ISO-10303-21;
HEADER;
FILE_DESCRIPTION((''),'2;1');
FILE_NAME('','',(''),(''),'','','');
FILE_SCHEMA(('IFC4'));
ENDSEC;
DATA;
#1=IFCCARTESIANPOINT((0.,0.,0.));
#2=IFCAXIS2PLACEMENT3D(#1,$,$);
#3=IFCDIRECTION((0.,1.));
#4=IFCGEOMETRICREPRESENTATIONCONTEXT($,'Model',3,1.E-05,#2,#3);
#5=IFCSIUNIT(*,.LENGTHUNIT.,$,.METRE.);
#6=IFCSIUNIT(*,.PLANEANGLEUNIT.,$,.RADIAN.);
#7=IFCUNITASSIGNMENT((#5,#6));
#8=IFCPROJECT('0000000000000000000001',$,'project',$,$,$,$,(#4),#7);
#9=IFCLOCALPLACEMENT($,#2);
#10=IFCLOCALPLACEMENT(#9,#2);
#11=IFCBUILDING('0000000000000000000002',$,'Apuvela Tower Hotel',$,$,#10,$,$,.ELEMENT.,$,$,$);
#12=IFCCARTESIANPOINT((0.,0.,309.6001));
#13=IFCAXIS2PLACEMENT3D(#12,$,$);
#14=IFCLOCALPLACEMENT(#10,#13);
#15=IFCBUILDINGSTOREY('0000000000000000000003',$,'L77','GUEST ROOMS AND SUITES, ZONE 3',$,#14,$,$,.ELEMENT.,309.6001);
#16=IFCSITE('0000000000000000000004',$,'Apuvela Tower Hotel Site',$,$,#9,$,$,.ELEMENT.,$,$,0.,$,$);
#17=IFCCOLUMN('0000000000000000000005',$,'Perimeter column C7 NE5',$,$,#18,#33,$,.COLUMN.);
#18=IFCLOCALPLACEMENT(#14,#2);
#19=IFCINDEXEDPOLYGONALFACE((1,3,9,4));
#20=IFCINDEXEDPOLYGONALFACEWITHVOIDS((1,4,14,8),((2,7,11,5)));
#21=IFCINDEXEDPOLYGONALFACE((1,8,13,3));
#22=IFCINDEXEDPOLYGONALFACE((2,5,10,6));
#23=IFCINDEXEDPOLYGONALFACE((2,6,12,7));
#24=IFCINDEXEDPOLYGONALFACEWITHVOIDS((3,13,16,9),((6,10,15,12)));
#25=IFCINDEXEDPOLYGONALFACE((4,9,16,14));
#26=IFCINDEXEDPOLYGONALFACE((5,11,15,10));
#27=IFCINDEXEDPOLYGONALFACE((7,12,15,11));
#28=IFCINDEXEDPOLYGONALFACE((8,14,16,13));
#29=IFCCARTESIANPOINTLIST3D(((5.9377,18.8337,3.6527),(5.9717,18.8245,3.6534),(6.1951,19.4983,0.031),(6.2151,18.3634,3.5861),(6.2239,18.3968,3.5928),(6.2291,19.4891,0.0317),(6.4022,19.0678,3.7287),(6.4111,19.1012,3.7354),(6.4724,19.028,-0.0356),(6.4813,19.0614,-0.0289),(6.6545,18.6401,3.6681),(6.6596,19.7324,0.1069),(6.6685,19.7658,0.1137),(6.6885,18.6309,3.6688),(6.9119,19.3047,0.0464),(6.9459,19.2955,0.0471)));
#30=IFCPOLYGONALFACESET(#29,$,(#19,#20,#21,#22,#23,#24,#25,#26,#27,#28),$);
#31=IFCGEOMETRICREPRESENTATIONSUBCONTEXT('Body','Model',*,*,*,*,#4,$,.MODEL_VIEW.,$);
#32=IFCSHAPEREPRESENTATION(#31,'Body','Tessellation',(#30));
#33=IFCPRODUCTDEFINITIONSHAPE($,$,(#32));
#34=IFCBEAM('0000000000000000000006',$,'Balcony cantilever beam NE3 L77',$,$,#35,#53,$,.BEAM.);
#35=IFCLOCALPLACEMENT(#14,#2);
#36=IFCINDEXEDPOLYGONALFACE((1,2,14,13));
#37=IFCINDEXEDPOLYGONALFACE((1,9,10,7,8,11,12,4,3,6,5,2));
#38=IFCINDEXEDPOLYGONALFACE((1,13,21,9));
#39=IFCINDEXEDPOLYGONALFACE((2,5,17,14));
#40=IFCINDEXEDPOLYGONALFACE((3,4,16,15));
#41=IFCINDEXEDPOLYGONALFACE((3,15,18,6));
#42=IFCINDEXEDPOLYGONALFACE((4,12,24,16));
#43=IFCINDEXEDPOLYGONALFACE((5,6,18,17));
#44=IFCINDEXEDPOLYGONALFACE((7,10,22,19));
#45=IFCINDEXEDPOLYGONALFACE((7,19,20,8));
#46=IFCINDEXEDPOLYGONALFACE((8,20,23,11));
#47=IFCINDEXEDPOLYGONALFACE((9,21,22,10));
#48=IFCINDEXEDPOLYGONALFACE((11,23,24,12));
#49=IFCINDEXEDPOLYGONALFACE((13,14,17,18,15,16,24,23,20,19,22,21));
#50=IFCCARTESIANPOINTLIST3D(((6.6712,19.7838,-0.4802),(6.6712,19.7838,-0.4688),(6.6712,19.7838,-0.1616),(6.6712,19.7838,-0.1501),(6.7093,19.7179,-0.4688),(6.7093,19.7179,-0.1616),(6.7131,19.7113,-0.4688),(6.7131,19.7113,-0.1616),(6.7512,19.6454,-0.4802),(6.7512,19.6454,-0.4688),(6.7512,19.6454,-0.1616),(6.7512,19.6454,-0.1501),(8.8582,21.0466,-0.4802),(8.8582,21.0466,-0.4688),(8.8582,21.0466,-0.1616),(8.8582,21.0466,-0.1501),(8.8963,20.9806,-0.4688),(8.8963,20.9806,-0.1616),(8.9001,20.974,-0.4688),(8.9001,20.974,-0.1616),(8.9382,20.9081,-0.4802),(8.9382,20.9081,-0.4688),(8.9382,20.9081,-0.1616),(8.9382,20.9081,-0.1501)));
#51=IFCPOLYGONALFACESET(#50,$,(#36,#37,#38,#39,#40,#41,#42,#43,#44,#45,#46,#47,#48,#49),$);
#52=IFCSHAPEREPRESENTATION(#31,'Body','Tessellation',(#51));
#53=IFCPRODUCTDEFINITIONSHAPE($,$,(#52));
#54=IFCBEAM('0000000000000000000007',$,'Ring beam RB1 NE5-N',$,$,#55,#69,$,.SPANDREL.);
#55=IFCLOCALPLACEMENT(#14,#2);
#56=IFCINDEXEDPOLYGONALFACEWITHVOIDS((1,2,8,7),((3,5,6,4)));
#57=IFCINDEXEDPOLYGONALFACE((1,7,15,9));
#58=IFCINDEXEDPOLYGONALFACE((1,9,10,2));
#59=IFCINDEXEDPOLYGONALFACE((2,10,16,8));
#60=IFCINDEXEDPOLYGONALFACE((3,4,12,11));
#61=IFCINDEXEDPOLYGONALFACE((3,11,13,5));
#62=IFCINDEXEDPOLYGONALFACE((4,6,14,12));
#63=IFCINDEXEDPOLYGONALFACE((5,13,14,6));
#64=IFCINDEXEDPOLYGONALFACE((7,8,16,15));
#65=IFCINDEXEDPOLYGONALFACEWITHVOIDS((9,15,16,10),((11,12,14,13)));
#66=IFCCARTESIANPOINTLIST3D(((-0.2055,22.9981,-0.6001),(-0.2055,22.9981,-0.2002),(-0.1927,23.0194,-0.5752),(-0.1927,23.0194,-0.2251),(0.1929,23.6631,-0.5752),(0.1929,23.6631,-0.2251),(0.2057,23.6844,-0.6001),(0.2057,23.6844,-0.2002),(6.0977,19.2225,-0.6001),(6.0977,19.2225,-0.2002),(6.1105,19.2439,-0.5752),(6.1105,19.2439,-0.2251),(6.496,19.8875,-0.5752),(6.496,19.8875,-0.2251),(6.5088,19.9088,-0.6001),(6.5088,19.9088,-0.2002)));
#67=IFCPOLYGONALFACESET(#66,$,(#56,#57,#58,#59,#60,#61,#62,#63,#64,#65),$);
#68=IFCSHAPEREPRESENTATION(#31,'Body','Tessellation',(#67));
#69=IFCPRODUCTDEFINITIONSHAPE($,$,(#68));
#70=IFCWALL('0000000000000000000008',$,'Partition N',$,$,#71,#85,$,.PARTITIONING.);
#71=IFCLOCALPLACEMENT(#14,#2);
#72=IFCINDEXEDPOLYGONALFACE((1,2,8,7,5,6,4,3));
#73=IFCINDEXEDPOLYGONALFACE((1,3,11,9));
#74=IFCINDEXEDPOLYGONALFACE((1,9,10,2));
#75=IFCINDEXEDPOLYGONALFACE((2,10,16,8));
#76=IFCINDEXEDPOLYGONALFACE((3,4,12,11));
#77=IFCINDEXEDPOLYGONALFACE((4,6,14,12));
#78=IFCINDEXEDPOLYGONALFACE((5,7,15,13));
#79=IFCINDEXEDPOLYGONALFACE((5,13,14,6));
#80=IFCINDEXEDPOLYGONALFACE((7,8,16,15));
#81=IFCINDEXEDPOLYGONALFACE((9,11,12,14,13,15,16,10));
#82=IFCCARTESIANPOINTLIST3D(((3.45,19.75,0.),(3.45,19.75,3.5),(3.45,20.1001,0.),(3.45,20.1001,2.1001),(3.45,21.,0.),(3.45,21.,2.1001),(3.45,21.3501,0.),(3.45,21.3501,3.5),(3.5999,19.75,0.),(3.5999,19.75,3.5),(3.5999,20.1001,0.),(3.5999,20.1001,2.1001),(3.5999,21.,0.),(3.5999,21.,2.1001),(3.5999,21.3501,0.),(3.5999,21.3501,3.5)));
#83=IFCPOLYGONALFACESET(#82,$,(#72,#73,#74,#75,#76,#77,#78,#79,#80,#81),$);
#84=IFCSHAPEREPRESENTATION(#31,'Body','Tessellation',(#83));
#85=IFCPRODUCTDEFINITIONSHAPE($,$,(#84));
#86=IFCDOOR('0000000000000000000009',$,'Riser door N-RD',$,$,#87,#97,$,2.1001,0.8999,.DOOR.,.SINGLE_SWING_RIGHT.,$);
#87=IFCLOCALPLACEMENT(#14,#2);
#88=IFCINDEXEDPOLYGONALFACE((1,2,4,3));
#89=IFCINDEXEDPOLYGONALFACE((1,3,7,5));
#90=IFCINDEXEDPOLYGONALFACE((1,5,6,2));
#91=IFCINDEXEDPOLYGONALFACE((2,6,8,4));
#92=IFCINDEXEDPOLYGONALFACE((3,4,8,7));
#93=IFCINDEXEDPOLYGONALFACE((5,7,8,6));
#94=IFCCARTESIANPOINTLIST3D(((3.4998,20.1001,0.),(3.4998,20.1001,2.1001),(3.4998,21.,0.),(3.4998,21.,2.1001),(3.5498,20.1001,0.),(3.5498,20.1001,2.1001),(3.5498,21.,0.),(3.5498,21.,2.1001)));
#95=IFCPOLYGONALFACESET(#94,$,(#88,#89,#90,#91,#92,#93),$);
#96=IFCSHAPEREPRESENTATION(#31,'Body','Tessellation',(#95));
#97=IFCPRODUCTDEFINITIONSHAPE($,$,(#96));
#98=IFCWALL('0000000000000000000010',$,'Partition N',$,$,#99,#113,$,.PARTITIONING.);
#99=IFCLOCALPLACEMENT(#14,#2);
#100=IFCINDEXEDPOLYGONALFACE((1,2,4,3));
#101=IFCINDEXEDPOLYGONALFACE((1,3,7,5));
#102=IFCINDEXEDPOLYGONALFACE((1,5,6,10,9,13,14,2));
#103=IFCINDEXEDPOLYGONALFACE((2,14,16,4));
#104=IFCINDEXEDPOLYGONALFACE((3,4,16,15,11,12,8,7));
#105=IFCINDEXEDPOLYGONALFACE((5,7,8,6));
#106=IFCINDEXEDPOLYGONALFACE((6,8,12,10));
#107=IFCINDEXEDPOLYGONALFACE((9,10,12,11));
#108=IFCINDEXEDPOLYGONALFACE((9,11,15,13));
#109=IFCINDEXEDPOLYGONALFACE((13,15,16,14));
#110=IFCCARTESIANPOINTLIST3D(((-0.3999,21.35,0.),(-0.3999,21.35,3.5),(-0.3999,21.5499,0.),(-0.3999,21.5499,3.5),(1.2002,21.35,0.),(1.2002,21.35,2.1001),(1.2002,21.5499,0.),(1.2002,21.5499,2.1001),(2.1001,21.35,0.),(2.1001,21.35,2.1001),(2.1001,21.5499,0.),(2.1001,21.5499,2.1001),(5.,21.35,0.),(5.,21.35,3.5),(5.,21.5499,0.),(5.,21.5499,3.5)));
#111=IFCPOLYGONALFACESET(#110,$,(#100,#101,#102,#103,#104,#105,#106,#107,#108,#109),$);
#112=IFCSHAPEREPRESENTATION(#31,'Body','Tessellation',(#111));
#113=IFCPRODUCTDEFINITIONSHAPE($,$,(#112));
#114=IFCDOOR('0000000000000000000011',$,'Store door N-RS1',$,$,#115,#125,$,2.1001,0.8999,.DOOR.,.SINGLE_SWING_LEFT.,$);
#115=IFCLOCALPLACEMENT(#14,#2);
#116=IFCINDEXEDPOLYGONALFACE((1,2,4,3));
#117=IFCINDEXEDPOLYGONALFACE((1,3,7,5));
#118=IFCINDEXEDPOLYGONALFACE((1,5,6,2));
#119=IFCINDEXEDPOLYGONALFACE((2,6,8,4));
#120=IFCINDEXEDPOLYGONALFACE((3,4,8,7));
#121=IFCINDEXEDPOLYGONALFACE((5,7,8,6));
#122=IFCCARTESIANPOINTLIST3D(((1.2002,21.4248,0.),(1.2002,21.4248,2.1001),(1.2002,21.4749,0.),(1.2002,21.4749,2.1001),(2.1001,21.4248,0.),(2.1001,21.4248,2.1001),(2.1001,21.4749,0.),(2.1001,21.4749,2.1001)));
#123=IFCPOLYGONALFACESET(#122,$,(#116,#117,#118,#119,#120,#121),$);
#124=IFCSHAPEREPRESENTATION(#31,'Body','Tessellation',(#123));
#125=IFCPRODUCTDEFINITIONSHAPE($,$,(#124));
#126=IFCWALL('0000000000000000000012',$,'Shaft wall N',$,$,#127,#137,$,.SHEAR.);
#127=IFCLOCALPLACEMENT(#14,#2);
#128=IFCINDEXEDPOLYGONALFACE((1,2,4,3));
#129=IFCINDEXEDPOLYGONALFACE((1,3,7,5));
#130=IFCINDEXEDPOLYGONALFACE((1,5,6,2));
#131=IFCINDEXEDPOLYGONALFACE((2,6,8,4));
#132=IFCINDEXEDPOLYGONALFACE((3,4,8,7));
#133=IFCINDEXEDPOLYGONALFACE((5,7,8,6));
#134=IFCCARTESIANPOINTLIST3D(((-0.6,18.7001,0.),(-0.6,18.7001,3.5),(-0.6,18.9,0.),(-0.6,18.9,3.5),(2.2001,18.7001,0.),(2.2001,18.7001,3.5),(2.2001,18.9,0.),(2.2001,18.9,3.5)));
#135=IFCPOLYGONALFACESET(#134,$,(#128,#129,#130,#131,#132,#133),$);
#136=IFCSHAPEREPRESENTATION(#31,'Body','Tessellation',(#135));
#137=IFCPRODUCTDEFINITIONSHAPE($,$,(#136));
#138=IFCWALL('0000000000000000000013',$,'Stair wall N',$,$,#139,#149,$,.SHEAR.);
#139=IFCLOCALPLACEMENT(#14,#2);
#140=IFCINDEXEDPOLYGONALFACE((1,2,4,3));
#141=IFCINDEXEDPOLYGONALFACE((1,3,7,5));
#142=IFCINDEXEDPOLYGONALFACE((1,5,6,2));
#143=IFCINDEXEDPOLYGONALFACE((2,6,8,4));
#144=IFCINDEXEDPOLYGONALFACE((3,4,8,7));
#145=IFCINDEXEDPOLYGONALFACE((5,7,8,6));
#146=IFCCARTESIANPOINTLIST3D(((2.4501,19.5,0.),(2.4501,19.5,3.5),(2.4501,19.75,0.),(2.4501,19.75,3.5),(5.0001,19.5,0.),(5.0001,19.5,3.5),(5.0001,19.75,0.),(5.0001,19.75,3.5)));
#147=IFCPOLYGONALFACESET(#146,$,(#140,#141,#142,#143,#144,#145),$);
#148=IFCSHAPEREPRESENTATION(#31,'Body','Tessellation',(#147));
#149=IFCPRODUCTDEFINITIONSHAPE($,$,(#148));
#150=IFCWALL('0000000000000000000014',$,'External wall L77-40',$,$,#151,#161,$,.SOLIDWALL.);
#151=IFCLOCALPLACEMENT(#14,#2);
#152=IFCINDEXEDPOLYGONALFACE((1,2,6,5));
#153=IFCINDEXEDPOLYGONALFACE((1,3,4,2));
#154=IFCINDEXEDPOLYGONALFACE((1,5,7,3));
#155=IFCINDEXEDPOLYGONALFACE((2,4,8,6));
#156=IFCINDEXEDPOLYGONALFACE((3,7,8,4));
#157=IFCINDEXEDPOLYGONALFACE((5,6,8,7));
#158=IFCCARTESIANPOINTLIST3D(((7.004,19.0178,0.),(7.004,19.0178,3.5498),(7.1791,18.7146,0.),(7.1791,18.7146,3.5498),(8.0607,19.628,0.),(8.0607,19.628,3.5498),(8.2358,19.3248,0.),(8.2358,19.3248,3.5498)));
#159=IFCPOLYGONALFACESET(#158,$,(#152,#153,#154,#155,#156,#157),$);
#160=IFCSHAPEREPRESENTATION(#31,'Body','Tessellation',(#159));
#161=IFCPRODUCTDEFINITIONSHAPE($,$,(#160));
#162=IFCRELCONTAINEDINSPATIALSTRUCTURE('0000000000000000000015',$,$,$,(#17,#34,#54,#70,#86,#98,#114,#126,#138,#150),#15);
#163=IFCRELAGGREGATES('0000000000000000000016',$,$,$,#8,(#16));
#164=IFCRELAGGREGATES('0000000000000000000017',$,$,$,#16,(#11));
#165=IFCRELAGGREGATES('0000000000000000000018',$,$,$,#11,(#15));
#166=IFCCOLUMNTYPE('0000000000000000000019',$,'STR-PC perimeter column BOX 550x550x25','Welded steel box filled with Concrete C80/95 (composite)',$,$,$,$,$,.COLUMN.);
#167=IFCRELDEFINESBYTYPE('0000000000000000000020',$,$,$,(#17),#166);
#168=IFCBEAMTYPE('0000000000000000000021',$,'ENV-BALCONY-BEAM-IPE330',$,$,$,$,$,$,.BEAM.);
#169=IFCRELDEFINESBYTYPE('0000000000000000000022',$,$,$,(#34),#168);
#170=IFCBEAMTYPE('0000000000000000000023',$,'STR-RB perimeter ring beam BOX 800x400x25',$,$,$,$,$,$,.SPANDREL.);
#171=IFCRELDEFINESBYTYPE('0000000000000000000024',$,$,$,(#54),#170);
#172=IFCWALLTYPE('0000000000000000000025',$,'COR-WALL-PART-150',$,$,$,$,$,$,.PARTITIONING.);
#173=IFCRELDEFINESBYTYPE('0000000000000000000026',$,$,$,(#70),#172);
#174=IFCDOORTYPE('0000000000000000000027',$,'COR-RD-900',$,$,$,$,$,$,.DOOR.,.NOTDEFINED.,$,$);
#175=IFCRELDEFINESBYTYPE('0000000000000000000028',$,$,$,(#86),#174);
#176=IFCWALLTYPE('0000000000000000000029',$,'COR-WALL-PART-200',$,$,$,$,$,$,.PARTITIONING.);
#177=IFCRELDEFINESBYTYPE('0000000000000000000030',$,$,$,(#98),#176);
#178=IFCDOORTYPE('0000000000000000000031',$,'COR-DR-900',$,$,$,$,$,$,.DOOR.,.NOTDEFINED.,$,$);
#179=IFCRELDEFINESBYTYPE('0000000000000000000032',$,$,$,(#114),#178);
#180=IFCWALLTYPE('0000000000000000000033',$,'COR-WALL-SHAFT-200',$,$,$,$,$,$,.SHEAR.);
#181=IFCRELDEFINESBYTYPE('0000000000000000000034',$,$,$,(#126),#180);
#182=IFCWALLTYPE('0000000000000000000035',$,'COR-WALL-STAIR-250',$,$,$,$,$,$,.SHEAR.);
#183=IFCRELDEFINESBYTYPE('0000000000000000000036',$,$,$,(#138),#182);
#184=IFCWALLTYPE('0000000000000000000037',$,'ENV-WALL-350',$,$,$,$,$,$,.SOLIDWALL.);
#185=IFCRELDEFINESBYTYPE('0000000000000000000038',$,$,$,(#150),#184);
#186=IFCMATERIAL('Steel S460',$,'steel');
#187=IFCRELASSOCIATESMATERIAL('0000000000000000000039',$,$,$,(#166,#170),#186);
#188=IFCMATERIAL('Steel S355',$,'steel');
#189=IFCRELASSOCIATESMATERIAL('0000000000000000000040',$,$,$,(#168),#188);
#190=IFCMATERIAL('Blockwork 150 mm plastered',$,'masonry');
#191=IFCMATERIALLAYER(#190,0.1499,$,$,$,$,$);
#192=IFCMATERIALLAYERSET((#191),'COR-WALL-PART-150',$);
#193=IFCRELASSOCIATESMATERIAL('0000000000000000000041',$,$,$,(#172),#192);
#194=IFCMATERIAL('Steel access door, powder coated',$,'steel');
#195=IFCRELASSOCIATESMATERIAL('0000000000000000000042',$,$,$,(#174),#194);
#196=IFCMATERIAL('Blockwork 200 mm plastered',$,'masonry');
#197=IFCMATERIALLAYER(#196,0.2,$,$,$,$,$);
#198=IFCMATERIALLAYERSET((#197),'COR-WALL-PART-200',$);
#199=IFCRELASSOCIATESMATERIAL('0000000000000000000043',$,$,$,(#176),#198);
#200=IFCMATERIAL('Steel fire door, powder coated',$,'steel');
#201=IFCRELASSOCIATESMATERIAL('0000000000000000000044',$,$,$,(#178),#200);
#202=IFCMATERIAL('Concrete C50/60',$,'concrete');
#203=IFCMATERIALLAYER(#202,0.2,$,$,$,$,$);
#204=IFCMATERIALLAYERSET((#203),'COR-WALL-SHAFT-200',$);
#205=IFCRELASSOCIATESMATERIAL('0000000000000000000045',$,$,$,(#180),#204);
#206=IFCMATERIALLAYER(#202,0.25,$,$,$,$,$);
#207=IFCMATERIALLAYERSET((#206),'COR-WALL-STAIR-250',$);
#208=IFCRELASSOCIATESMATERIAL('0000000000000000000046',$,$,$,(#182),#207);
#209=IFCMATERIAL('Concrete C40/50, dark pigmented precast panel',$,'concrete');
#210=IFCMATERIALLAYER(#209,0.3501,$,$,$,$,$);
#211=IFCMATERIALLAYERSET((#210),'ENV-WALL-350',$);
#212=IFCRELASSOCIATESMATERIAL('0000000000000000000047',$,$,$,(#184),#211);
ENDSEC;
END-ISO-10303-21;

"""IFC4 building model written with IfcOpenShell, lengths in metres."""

from ifc_helpers import new_model, si_unit, direction, frame, frame_2d, origin, origin_2d, place, context, subcontext, project, spatial, rectangle, hollow_rectangle, i_section, extrude, boolean, halfspace, material, layer, layer_set, material_profile, profile_set, type_object, element, fill, save


model = new_model("IFC4")

# Units and contexts
model_context = context("Model", 3, precision=1e-05, world=origin(), true_north=direction((0.0, 1.0)))
body_context = subcontext(model_context, "Body", "Model", "MODEL_VIEW")
ifc_project = project(units=[si_unit("LENGTHUNIT", "METRE"), si_unit("PLANEANGLEUNIT", "RADIAN")], contexts=[model_context])

# Site, building, storey
site_placement = place(None, origin())
site = spatial("IfcSite", under=ifc_project, at=site_placement, Name="Apuvela Tower Hotel Site", CompositionType="ELEMENT", RefElevation=0.0)
building_placement = place(site_placement, origin())
building = spatial("IfcBuilding", under=site, at=building_placement, Name="Apuvela Tower Hotel", CompositionType="ELEMENT")
storey_placement = place(building_placement, frame((0.0, 0.0, 309.6001)))
storey = spatial("IfcBuildingStorey", under=building, at=storey_placement, Name="L77", Description="GUEST ROOMS AND SUITES, ZONE 3", CompositionType="ELEMENT", Elevation=309.6001)

# Column
ifc_material_1 = material(Name="Steel S460", Category="steel")
ifc_material_profile_1 = material_profile(ifc_material_1, hollow_rectangle(XDim=0.55, YDim=0.55, WallThickness=0.0249, at=origin_2d()), Name="BOX 550x550x25")
ifc_material_2 = material(Name="Concrete C80/95", Category="concrete")
ifc_material_profile_2 = material_profile(ifc_material_2, rectangle(XDim=0.5, YDim=0.5, at=origin_2d()), Name="Concrete C80/95 infill")
ifc_profile_set_1 = profile_set([ifc_material_profile_1, ifc_material_profile_2], Name="Steel S460")
column_type = type_object("IfcColumnType", Name="STR-PC perimeter column BOX 550x550x25", Description="Welded steel box filled with Concrete C80/95 (composite)", PredefinedType="COLUMN", material=ifc_profile_set_1)
column_placement = place(storey_placement, frame((6.5732, 19.4041, 0.0), z_axis=(-0.069728, -0.180051, 0.981183), x_axis=(-0.504277, 0.855014, 0.121062)))
element("IfcColumn", 1, at=column_placement, inside=storey, type_object=column_type, Name="Perimeter column C7 NE5", PredefinedType="COLUMN", context=body_context, shape_type="SweptSolid", body=[
    boolean("DIFFERENCE", boolean("DIFFERENCE", extrude(hollow_rectangle(XDim=0.55, YDim=0.55, WallThickness=0.0249, at=origin_2d()), origin(), (0.0, 0.0, 1.0), 3.771), halfspace(frame((0.0, 0.0, 0.0398), z_axis=(0.0, 0.0, 1.0), x_axis=(1.0, 0.0, 0.0)), True)), halfspace(frame((0.0, 0.0, 3.731), z_axis=(0.0, 0.0, 1.0), x_axis=(1.0, 0.0, 0.0)), False)),
])

# Beams
ifc_material_3 = material(Name="Steel S355", Category="steel")
ifc_material_profile_3 = material_profile(ifc_material_3, i_section(OverallWidth=0.1599, OverallDepth=0.3301, WebThickness=0.0076, FlangeThickness=0.0115, at=origin_2d()), Name="IPE 330")
ifc_profile_set_2 = profile_set([ifc_material_profile_3], Name="Steel S355")
beam_type_1 = type_object("IfcBeamType", Name="ENV-BALCONY-BEAM-IPE330", PredefinedType="BEAM", material=ifc_profile_set_2)
beam_1_placement = place(storey_placement, frame((6.7112, 19.7146, -0.3152), z_axis=(0.866021, 0.500007, 0.0), x_axis=(-0.500007, 0.866021, 0.0)))
element("IfcBeam", 2, at=beam_1_placement, inside=storey, type_object=beam_type_1, Name="Balcony cantilever beam NE3 L77", PredefinedType="BEAM", context=body_context, shape_type="SweptSolid", body=[
    extrude(i_section(OverallWidth=0.1599, OverallDepth=0.3301, WebThickness=0.0076, FlangeThickness=0.0115, at=origin_2d()), origin(), (0.0, 0.0, 1.0), 2.5254),
])
ifc_material_profile_4 = material_profile(ifc_material_1, hollow_rectangle(XDim=0.8, YDim=0.3999, WallThickness=0.0249, at=origin_2d()), Name="BOX 800x400x25")
ifc_profile_set_3 = profile_set([ifc_material_profile_4], Name="Steel S460")
beam_type_2 = type_object("IfcBeamType", Name="STR-RB perimeter ring beam BOX 800x400x25", PredefinedType="SPANDREL", material=ifc_profile_set_3)
beam_2_placement = place(storey_placement, frame((6.3032, 19.5657, -0.4001), z_axis=(-0.857871, 0.513865, 0.0), x_axis=(-0.513865, -0.857871, 0.0)))
element("IfcBeam", 3, at=beam_2_placement, inside=storey, type_object=beam_type_2, Name="Ring beam RB1 NE5-N", PredefinedType="SPANDREL", context=body_context, shape_type="SweptSolid", body=[
    extrude(hollow_rectangle(XDim=0.8, YDim=0.3999, WallThickness=0.0249, at=origin_2d()), origin(), (0.0, 0.0, 1.0), 7.3474),
])

# Walls, openings, doors
ifc_material_4 = material(Name="Blockwork 150 mm plastered", Category="masonry")
ifc_layer_1 = layer(ifc_material_4, 0.1499)
ifc_layer_set_1 = layer_set([ifc_layer_1], Name="COR-WALL-PART-150")
wall_type_1 = type_object("IfcWallType", Name="COR-WALL-PART-150", PredefinedType="PARTITIONING", material=ifc_layer_set_1)
wall_1_placement = place(storey_placement, frame((3.5249, 19.75, 0.0), z_axis=(0.0, 0.0, 1.0), x_axis=(0.0, 1.0, 0.0)))
wall_1 = element("IfcWall", 4, at=wall_1_placement, inside=storey, type_object=wall_type_1, Name="Partition N", PredefinedType="PARTITIONING", context=body_context, shape_type="SweptSolid", body=[
    extrude(rectangle(XDim=1.6001, YDim=0.1499, at=frame_2d((0.8, 0.0))), origin(), (0.0, 0.0, 1.0), 3.5),
])
opening_1_placement = place(wall_1_placement, frame((0.3501, 0.0, 0.0)))
opening_1 = element("IfcOpeningElement", 5, at=opening_1_placement, cuts=wall_1, PredefinedType="OPENING", context=body_context, shape_type="SweptSolid", body=[
    extrude(rectangle(XDim=0.8999, YDim=2.1001, at=frame_2d((0.45, 1.05))), frame((0.0, 0.085, 0.0), z_axis=(0.0, -1.0, 0.0), x_axis=(1.0, 0.0, 0.0)), (0.0, 0.0, 1.0), 0.1699),
])
ifc_material_5 = material(Name="Steel access door, powder coated", Category="steel")
door_type_1 = type_object("IfcDoorType", Name="COR-RD-900", OperationType="NOTDEFINED", PredefinedType="DOOR", material=ifc_material_5)
door_1_placement = place(opening_1_placement, frame((0.8999, 0.0, 0.0), z_axis=(0.0, 0.0, 1.0), x_axis=(-1.0, 0.0, 0.0)))
door_1 = element("IfcDoor", 6, at=door_1_placement, inside=storey, type_object=door_type_1, Name="Riser door N-RD", OperationType="SINGLE_SWING_RIGHT", OverallHeight=2.1001, OverallWidth=0.8999, PredefinedType="DOOR", context=body_context, shape_type="SweptSolid", body=[
    extrude(rectangle(XDim=0.8999, YDim=2.1001, at=frame_2d((0.45, 1.05))), frame((0.0, 0.0249, 0.0), z_axis=(0.0, -1.0, 0.0), x_axis=(1.0, 0.0, 0.0)), (0.0, 0.0, 1.0), 0.05),
])
fill(opening_1, door_1)
ifc_material_6 = material(Name="Blockwork 200 mm plastered", Category="masonry")
ifc_layer_2 = layer(ifc_material_6, 0.2)
ifc_layer_set_2 = layer_set([ifc_layer_2], Name="COR-WALL-PART-200")
wall_type_2 = type_object("IfcWallType", Name="COR-WALL-PART-200", PredefinedType="PARTITIONING", material=ifc_layer_set_2)
wall_2_placement = place(storey_placement, frame((5.0, 21.45, 0.0), z_axis=(0.0, 0.0, 1.0), x_axis=(-1.0, 0.0, 0.0)))
wall_2 = element("IfcWall", 7, at=wall_2_placement, inside=storey, type_object=wall_type_2, Name="Partition N", PredefinedType="PARTITIONING", context=body_context, shape_type="SweptSolid", body=[
    extrude(rectangle(XDim=5.3999, YDim=0.2, at=frame_2d((2.7, 0.0))), origin(), (0.0, 0.0, 1.0), 3.5),
])
opening_2_placement = place(wall_2_placement, frame((2.8999, 0.0, 0.0)))
opening_2 = element("IfcOpeningElement", 8, at=opening_2_placement, cuts=wall_2, PredefinedType="OPENING", context=body_context, shape_type="SweptSolid", body=[
    extrude(rectangle(XDim=0.8999, YDim=2.1001, at=frame_2d((0.45, 1.05))), frame((0.0, 0.1099, 0.0), z_axis=(0.0, -1.0, 0.0), x_axis=(1.0, 0.0, 0.0)), (0.0, 0.0, 1.0), 0.22),
])
ifc_material_7 = material(Name="Steel fire door, powder coated", Category="steel")
door_type_2 = type_object("IfcDoorType", Name="COR-DR-900", OperationType="NOTDEFINED", PredefinedType="DOOR", material=ifc_material_7)
door_2_placement = place(opening_2_placement, frame((0.8999, 0.0, 0.0), z_axis=(0.0, 0.0, 1.0), x_axis=(-1.0, 0.0, 0.0)))
door_2 = element("IfcDoor", 9, at=door_2_placement, inside=storey, type_object=door_type_2, Name="Store door N-RS1", OperationType="SINGLE_SWING_LEFT", OverallHeight=2.1001, OverallWidth=0.8999, PredefinedType="DOOR", context=body_context, shape_type="SweptSolid", body=[
    extrude(rectangle(XDim=0.8999, YDim=2.1001, at=frame_2d((0.45, 1.05))), frame((0.0, 0.0249, 0.0), z_axis=(0.0, -1.0, 0.0), x_axis=(1.0, 0.0, 0.0)), (0.0, 0.0, 1.0), 0.05),
])
fill(opening_2, door_2)

# Walls
ifc_material_8 = material(Name="Concrete C50/60", Category="concrete")
ifc_layer_3 = layer(ifc_material_8, 0.2)
ifc_layer_set_3 = layer_set([ifc_layer_3], Name="COR-WALL-SHAFT-200")
wall_type_3 = type_object("IfcWallType", Name="COR-WALL-SHAFT-200", PredefinedType="SHEAR", material=ifc_layer_set_3)
wall_3_placement = place(storey_placement, frame((2.2, 18.8, 0.0), z_axis=(0.0, 0.0, 1.0), x_axis=(-1.0, 0.0, 0.0)))
element("IfcWall", 10, at=wall_3_placement, inside=storey, type_object=wall_type_3, Name="Shaft wall N", PredefinedType="SHEAR", context=body_context, shape_type="SweptSolid", body=[
    extrude(rectangle(XDim=2.8, YDim=0.2, at=frame_2d((1.3999, 0.0))), origin(), (0.0, 0.0, 1.0), 3.5),
])
ifc_layer_4 = layer(ifc_material_8, 0.25)
ifc_layer_set_4 = layer_set([ifc_layer_4], Name="COR-WALL-STAIR-250")
wall_type_4 = type_object("IfcWallType", Name="COR-WALL-STAIR-250", PredefinedType="SHEAR", material=ifc_layer_set_4)
wall_4_placement = place(storey_placement, frame((5.0, 19.625, 0.0), z_axis=(0.0, 0.0, 1.0), x_axis=(-1.0, 0.0, 0.0)))
element("IfcWall", 11, at=wall_4_placement, inside=storey, type_object=wall_type_4, Name="Stair wall N", PredefinedType="SHEAR", context=body_context, shape_type="SweptSolid", body=[
    extrude(rectangle(XDim=2.55, YDim=0.25, at=frame_2d((1.2749, 0.0))), origin(), (0.0, 0.0, 1.0), 3.5),
])
ifc_material_9 = material(Name="Concrete C40/50, dark pigmented precast panel", Category="concrete")
ifc_layer_5 = layer(ifc_material_9, 0.3501)
ifc_layer_set_5 = layer_set([ifc_layer_5], Name="ENV-WALL-350")
wall_type_5 = type_object("IfcWallType", Name="ENV-WALL-350", PredefinedType="SOLIDWALL", material=ifc_layer_set_5)
wall_5_placement = place(storey_placement, frame((7.0916, 18.8662, 0.0), z_axis=(0.0, 0.0, 1.0), x_axis=(0.866006, 0.500034, 0.0)))
element("IfcWall", 12, at=wall_5_placement, inside=storey, type_object=wall_type_5, Name="External wall L77-40", PredefinedType="SOLIDWALL", context=body_context, shape_type="SweptSolid", body=[
    extrude(rectangle(XDim=1.2202, YDim=0.3501, at=frame_2d((0.6101, 0.0))), origin(), (0.0, 0.0, 1.0), 3.5498),
])

save(model, "model.ifc")
